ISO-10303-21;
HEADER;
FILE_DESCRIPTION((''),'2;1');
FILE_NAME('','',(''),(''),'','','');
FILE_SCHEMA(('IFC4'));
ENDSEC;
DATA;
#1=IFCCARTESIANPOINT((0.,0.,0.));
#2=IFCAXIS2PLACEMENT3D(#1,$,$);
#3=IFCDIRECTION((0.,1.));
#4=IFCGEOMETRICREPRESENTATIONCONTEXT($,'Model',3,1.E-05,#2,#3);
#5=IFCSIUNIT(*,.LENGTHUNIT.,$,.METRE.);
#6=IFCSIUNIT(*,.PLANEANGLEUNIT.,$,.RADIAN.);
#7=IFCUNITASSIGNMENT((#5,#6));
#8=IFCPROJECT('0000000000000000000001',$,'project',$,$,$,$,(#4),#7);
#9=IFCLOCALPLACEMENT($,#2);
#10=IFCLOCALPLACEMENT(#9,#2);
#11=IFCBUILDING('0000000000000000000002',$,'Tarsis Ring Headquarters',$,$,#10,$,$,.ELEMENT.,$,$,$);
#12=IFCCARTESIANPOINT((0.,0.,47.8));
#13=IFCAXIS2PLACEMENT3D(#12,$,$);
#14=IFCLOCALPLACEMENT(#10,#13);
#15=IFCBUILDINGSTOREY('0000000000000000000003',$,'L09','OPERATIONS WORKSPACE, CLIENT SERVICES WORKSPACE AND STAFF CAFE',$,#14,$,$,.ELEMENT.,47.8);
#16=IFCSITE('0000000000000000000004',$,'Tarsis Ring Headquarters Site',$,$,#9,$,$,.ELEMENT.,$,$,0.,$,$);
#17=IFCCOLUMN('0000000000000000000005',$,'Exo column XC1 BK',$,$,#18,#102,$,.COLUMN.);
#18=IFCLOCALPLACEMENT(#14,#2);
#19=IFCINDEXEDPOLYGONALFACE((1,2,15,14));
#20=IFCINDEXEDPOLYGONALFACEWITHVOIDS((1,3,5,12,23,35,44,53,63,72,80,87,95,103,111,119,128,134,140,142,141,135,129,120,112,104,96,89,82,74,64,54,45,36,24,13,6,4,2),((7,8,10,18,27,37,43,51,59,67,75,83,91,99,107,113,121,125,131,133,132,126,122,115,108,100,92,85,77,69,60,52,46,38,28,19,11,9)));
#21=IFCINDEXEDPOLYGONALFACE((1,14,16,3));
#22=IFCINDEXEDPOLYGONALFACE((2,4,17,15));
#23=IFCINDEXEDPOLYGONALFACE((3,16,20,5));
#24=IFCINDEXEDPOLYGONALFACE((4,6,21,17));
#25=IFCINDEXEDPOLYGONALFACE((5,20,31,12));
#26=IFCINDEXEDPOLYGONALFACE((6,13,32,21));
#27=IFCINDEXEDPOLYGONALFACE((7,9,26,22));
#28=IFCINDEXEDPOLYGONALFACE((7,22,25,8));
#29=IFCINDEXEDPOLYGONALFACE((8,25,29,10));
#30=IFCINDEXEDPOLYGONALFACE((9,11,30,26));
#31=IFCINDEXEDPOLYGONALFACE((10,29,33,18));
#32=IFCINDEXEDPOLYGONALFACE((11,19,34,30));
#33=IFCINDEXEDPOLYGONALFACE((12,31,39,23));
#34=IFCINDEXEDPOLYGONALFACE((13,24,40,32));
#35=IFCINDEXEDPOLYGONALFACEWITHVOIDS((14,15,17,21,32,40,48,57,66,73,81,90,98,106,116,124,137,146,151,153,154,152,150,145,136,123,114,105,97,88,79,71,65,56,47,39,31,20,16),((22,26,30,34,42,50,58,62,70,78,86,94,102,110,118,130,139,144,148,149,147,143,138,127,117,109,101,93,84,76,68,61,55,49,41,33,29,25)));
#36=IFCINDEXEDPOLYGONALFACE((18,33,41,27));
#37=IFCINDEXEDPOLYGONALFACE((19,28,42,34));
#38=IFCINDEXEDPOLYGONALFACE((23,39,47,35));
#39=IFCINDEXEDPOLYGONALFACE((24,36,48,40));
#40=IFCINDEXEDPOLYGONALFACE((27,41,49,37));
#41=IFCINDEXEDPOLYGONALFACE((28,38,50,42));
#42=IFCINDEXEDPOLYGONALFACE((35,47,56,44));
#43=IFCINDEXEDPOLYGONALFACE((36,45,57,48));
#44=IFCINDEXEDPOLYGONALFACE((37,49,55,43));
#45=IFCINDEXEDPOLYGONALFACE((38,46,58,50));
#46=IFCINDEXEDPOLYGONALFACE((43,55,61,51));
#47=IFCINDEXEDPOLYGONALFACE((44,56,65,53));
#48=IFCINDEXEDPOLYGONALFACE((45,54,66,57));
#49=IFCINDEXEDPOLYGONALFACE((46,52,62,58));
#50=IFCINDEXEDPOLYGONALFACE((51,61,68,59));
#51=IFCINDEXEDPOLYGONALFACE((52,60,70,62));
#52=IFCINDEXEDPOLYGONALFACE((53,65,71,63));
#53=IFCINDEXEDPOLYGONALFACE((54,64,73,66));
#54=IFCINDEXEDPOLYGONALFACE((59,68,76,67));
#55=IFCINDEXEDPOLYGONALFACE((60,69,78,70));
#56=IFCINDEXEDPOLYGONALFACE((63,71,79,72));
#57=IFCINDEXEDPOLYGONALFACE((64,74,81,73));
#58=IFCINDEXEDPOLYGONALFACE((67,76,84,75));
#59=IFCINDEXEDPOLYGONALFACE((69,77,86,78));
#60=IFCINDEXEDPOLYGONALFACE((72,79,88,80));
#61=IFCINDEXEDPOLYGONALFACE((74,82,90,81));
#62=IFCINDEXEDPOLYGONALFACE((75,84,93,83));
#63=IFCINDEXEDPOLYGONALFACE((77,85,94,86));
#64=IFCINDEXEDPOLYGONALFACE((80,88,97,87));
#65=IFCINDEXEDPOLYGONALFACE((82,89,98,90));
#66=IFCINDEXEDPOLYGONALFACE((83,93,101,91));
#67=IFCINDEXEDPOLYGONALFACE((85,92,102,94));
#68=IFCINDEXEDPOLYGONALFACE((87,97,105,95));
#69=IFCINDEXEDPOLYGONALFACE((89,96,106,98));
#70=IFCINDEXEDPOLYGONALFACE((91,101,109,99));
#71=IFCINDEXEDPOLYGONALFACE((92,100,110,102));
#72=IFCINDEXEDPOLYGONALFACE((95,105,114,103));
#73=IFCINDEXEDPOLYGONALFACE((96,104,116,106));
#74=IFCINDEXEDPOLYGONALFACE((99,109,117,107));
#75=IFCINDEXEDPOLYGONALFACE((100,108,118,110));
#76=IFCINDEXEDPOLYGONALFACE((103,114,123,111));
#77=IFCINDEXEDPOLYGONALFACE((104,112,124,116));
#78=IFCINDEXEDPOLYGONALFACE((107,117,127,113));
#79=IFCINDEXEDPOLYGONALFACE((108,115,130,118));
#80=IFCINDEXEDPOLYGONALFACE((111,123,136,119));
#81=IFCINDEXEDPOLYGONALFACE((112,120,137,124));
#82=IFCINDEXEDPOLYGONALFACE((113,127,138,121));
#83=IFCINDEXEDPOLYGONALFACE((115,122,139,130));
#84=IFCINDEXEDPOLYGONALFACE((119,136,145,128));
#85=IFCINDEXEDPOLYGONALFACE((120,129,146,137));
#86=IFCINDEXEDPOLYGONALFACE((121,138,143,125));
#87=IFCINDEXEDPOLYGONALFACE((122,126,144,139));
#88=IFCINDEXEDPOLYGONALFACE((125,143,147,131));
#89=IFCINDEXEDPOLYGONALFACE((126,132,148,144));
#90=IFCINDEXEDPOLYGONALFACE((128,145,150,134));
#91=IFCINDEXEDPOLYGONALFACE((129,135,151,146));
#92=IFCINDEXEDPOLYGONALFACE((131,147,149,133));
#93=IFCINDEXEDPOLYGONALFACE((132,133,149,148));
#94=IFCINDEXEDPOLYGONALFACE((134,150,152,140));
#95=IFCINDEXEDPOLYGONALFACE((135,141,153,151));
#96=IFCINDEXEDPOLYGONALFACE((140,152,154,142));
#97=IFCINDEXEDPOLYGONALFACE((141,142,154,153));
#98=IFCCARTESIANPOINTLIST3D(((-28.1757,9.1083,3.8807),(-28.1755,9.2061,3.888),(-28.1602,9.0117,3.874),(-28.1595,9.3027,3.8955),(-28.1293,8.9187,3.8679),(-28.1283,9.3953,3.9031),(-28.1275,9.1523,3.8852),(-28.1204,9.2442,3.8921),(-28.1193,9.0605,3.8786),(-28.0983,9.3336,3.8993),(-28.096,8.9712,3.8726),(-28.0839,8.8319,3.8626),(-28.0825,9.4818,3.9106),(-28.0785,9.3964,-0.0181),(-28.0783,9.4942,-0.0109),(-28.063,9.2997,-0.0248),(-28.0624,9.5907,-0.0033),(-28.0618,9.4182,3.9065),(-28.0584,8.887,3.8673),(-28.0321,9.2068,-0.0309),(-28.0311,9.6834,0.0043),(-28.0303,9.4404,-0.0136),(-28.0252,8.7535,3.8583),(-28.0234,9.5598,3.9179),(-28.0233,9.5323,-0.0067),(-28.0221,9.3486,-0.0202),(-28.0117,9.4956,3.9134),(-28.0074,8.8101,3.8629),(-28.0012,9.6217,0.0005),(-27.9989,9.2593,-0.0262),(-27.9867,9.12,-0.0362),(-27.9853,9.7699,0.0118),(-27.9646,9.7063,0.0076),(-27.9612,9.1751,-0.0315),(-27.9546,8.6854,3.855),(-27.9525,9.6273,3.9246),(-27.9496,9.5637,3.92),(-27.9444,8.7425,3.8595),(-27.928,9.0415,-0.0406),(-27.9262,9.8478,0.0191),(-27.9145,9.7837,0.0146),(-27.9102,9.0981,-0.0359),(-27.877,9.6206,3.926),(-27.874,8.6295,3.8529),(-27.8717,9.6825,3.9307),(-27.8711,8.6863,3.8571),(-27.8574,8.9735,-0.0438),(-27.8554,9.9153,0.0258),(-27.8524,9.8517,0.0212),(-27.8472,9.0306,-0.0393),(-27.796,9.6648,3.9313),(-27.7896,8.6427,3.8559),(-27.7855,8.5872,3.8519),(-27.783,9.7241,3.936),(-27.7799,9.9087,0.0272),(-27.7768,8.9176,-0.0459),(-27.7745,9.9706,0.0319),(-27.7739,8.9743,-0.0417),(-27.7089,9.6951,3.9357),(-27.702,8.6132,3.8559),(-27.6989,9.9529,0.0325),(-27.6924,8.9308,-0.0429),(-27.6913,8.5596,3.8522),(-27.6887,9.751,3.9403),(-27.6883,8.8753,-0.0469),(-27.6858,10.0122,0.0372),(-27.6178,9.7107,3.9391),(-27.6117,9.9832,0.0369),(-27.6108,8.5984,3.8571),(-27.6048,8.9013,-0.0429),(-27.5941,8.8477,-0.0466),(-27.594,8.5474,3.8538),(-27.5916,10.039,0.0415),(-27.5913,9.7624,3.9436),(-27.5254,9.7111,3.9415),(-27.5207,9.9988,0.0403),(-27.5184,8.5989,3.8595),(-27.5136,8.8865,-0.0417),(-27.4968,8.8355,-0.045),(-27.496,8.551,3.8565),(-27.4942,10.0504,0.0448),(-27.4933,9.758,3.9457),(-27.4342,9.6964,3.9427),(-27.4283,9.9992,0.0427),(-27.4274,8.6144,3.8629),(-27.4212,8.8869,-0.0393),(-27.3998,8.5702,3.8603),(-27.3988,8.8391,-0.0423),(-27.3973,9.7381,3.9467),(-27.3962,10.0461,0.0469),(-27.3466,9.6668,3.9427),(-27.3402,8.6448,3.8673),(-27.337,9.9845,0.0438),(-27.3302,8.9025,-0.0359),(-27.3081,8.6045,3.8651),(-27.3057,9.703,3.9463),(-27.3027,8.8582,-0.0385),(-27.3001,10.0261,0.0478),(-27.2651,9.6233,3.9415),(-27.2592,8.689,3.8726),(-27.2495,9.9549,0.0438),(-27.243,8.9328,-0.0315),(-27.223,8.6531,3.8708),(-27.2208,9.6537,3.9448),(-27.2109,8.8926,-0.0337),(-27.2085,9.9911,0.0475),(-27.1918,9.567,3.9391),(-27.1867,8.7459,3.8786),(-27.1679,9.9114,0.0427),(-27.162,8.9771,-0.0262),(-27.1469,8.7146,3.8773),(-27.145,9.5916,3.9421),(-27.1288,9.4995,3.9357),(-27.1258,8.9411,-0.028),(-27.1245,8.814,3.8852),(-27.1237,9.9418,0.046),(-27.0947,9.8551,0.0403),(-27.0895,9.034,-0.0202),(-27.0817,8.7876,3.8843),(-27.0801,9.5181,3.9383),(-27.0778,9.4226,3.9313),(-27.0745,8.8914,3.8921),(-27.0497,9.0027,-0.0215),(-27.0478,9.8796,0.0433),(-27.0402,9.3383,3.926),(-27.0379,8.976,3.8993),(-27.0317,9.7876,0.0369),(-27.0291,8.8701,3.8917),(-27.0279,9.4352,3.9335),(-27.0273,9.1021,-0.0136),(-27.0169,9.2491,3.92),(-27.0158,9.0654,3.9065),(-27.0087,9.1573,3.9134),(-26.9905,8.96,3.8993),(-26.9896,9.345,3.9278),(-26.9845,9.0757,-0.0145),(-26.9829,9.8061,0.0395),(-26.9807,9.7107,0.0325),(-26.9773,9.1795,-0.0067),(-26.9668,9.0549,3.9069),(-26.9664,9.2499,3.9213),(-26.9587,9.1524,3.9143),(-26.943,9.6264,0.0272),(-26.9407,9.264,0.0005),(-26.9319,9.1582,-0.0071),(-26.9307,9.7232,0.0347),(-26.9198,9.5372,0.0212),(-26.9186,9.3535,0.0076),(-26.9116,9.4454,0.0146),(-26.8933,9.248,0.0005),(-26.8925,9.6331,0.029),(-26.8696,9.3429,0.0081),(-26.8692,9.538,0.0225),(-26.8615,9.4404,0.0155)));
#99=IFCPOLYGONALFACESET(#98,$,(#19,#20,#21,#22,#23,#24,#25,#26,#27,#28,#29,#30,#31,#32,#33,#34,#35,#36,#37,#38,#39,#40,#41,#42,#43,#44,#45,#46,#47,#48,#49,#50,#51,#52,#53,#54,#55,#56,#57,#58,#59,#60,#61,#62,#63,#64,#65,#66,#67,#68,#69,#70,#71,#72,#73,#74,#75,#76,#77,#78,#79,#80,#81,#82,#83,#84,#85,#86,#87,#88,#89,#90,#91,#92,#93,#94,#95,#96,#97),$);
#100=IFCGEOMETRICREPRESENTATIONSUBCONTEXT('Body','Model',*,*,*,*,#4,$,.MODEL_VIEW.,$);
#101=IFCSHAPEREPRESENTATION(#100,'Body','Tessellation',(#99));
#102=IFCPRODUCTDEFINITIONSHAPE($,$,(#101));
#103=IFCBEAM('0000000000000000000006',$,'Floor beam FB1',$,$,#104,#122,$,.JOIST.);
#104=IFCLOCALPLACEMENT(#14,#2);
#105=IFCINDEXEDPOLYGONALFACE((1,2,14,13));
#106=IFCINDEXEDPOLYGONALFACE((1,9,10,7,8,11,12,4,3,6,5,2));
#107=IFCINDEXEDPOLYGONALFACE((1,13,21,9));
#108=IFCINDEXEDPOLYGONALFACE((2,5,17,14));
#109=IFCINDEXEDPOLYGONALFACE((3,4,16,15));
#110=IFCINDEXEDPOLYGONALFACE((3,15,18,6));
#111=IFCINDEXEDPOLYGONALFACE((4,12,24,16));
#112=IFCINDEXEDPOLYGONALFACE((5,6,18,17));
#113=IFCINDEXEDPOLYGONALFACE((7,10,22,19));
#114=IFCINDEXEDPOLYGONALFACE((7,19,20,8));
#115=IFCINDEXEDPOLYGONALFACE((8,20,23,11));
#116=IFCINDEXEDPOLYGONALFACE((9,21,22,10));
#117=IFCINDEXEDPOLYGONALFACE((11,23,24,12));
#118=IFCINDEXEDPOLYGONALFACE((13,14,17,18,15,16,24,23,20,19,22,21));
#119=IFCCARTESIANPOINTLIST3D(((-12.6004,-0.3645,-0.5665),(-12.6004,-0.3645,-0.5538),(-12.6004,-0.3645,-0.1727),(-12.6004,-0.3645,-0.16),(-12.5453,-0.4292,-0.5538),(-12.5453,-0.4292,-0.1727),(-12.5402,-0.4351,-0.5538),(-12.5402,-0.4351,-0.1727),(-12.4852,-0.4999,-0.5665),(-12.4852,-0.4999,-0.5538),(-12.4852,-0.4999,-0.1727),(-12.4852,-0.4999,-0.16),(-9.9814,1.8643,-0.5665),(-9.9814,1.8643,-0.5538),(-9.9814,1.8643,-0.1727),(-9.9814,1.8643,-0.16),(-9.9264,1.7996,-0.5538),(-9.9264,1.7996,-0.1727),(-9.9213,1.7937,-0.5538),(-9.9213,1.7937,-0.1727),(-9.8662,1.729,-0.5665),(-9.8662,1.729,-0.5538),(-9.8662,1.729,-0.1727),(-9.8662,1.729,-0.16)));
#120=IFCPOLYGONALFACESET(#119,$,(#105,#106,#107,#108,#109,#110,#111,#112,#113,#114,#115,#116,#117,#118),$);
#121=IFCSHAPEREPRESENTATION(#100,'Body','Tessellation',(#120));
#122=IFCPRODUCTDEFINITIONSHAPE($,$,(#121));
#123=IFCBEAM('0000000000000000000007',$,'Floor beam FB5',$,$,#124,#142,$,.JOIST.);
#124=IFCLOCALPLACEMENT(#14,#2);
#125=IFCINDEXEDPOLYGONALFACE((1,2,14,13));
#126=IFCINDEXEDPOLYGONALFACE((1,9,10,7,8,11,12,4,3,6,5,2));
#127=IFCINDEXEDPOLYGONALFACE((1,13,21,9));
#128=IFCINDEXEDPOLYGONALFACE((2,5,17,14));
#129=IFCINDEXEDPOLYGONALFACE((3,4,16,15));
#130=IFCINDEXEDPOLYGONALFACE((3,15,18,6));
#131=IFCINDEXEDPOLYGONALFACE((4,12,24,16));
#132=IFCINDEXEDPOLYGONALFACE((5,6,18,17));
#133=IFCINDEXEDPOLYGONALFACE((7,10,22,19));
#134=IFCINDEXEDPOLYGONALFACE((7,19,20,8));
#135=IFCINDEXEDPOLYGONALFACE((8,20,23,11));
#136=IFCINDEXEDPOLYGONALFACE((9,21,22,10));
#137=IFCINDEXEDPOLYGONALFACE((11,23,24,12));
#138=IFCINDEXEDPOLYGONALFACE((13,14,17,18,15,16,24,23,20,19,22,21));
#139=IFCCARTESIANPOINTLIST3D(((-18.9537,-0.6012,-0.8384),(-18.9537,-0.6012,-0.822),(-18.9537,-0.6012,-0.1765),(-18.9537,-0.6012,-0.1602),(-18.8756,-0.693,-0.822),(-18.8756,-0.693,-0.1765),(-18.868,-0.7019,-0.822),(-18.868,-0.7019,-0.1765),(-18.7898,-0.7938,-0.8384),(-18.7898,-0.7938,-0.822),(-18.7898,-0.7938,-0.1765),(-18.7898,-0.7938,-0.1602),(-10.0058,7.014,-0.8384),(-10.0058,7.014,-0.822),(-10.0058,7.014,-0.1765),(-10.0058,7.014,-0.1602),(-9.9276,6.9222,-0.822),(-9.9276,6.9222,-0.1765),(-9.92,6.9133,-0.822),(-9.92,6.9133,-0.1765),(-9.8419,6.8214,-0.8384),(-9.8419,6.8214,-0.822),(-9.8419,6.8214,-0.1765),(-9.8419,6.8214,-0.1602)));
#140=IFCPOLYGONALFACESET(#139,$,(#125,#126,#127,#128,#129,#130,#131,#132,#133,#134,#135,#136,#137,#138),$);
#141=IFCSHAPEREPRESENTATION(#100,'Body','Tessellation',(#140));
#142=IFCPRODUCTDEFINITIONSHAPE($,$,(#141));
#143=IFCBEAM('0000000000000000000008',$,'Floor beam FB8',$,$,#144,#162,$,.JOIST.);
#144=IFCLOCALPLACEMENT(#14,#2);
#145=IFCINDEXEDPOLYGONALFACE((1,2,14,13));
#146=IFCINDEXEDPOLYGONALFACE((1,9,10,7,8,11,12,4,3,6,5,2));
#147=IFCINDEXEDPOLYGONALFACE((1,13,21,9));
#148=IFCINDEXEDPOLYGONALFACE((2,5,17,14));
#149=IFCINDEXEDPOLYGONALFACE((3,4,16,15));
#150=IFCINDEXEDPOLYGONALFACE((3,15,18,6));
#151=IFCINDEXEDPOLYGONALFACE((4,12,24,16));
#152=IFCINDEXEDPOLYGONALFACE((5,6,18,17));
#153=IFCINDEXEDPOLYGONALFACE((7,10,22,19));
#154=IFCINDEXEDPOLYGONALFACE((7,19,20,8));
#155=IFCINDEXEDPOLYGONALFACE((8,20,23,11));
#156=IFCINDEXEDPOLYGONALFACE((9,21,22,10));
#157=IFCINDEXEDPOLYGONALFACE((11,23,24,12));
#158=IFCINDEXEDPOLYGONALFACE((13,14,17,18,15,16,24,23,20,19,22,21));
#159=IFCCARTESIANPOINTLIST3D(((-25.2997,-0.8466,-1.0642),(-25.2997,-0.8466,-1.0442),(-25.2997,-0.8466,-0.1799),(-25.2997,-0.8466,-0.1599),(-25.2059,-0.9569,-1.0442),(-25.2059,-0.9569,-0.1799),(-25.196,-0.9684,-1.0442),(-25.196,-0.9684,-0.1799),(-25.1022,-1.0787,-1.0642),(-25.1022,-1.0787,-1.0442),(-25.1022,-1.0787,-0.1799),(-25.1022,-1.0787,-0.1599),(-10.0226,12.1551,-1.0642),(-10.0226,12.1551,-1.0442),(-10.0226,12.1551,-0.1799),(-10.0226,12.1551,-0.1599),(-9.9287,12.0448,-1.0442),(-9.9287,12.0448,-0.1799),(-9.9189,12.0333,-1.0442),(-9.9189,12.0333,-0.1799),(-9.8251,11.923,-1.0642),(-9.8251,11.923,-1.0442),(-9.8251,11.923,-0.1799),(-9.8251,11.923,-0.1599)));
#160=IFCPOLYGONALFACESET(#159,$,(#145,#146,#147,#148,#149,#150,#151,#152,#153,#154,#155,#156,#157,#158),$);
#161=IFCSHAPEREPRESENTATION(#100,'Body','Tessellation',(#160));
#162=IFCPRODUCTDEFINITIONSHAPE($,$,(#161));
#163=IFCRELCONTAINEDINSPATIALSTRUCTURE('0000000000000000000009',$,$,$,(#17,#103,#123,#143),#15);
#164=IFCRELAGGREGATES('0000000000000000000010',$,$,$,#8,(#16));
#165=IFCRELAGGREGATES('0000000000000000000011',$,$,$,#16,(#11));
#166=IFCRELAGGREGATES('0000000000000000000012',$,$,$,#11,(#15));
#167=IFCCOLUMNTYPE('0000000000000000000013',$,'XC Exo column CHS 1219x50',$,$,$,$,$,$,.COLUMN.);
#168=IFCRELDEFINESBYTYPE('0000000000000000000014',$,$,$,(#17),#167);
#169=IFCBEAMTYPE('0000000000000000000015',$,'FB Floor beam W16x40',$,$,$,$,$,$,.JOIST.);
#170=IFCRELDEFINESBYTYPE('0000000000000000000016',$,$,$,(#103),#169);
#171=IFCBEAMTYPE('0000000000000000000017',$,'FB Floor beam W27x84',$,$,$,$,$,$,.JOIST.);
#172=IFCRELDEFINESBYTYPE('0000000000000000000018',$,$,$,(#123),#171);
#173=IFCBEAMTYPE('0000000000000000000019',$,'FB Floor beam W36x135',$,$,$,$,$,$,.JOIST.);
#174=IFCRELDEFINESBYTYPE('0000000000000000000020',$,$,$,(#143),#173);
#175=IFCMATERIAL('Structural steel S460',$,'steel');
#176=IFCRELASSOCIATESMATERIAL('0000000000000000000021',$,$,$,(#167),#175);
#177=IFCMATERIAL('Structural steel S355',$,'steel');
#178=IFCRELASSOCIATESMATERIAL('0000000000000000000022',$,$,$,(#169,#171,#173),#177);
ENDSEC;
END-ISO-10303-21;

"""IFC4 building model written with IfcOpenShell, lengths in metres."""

from ifc_helpers import new_model, si_unit, direction, frame, origin, origin_2d, place, context, subcontext, project, spatial, hollow_circle, i_section, extrude, material, material_profile, profile_set, type_object, element, save


model = new_model("IFC4")

# Units and contexts
model_context = context("Model", 3, precision=1e-05, world=origin(), true_north=direction((0.0, 1.0)))
body_context = subcontext(model_context, "Body", "Model", "MODEL_VIEW")
ifc_project = project(units=[si_unit("LENGTHUNIT", "METRE"), si_unit("PLANEANGLEUNIT", "RADIAN")], contexts=[model_context])

# Site, building, storey
site_placement = place(None, origin())
site = spatial("IfcSite", under=ifc_project, at=site_placement, Name="Tarsis Ring Headquarters Site", CompositionType="ELEMENT", RefElevation=0.0)
building_placement = place(site_placement, origin())
building = spatial("IfcBuilding", under=site, at=building_placement, Name="Tarsis Ring Headquarters", CompositionType="ELEMENT")
storey_placement = place(building_placement, frame((0.0, 0.0, 47.8)))
storey = spatial("IfcBuildingStorey", under=building, at=storey_placement, Name="L09", Description="OPERATIONS WORKSPACE, CLIENT SERVICES WORKSPACE AND STAFF CAFE", CompositionType="ELEMENT", Elevation=47.8)

# Column
ifc_material_1 = material(Name="Structural steel S460", Category="steel")
ifc_material_profile_1 = material_profile(ifc_material_1, hollow_circle(Radius=0.6096, WallThickness=0.05, at=origin_2d()), Name="CHS 1219x50")
ifc_profile_set_1 = profile_set([ifc_material_profile_1], Name="Structural steel S460")
column_type = type_object("IfcColumnType", Name="XC Exo column CHS 1219x50", PredefinedType="COLUMN", material=ifc_profile_set_1)
column_placement = place(storey_placement, frame((-27.4709, 9.4429, 0.0005), z_axis=(-0.024846, -0.073665, 0.996973), x_axis=(0.947553, -0.319598, 0.0)))
element("IfcColumn", 1, at=column_placement, inside=storey, type_object=column_type, Name="Exo column XC1 BK", PredefinedType="COLUMN", context=body_context, shape_type="SweptSolid", body=[
    extrude(hollow_circle(Radius=0.6096, WallThickness=0.05, at=origin_2d()), origin(), (0.0, 0.0, 1.0), 3.9106),
])

# Beams
ifc_material_2 = material(Name="Structural steel S355", Category="steel")
ifc_material_profile_2 = material_profile(ifc_material_2, i_section(OverallWidth=0.1777, OverallDepth=0.4065, WebThickness=0.0078, FlangeThickness=0.0127, at=origin_2d()), Name="W16x40")
ifc_profile_set_2 = profile_set([ifc_material_profile_2], Name="Structural steel S355")
beam_type_1 = type_object("IfcBeamType", Name="FB Floor beam W16x40", PredefinedType="JOIST", material=ifc_profile_set_2)
beam_1_placement = place(storey_placement, frame((-9.9238, 1.7966, -0.3633), z_axis=(-0.761552, -0.648104, 0.0), x_axis=(0.648104, -0.761552, 0.0)))
element("IfcBeam", 2, at=beam_1_placement, inside=storey, type_object=beam_type_1, Name="Floor beam FB1", PredefinedType="JOIST", context=body_context, shape_type="SweptSolid", body=[
    extrude(i_section(OverallWidth=0.1777, OverallDepth=0.4065, WebThickness=0.0078, FlangeThickness=0.0127, at=origin_2d()), origin(), (0.0, 0.0, 1.0), 3.439),
])
ifc_material_profile_3 = material_profile(ifc_material_2, i_section(OverallWidth=0.2529, OverallDepth=0.6782, WebThickness=0.0117, FlangeThickness=0.0164, at=origin_2d()), Name="W27x84")
ifc_profile_set_3 = profile_set([ifc_material_profile_3], Name="Structural steel S355")
beam_type_2 = type_object("IfcBeamType", Name="FB Floor beam W27x84", PredefinedType="JOIST", material=ifc_profile_set_3)
beam_2_placement = place(storey_placement, frame((-9.9238, 6.9177, -0.4993), z_axis=(-0.761543, -0.648115, 0.0), x_axis=(0.648115, -0.761543, 0.0)))
element("IfcBeam", 3, at=beam_2_placement, inside=storey, type_object=beam_type_2, Name="Floor beam FB5", PredefinedType="JOIST", context=body_context, shape_type="SweptSolid", body=[
    extrude(i_section(OverallWidth=0.2529, OverallDepth=0.6782, WebThickness=0.0117, FlangeThickness=0.0164, at=origin_2d()), origin(), (0.0, 0.0, 1.0), 11.7498),
])
ifc_material_profile_4 = material_profile(ifc_material_2, i_section(OverallWidth=0.3047, OverallDepth=0.9043, WebThickness=0.0151, FlangeThickness=0.02, at=origin_2d()), Name="W36x135")
ifc_profile_set_4 = profile_set([ifc_material_profile_4], Name="Structural steel S355")
beam_type_3 = type_object("IfcBeamType", Name="FB Floor beam W36x135", PredefinedType="JOIST", material=ifc_profile_set_4)
beam_3_placement = place(storey_placement, frame((-9.9238, 12.0391, -0.6121), z_axis=(-0.761541, -0.648116, 0.0), x_axis=(0.648116, -0.761541, 0.0)))
element("IfcBeam", 4, at=beam_3_placement, inside=storey, type_object=beam_type_3, Name="Floor beam FB8", PredefinedType="JOIST", context=body_context, shape_type="SweptSolid", body=[
    extrude(i_section(OverallWidth=0.3047, OverallDepth=0.9043, WebThickness=0.0151, FlangeThickness=0.02, at=origin_2d()), origin(), (0.0, 0.0, 1.0), 20.0608),
])

save(model, "model.ifc")
